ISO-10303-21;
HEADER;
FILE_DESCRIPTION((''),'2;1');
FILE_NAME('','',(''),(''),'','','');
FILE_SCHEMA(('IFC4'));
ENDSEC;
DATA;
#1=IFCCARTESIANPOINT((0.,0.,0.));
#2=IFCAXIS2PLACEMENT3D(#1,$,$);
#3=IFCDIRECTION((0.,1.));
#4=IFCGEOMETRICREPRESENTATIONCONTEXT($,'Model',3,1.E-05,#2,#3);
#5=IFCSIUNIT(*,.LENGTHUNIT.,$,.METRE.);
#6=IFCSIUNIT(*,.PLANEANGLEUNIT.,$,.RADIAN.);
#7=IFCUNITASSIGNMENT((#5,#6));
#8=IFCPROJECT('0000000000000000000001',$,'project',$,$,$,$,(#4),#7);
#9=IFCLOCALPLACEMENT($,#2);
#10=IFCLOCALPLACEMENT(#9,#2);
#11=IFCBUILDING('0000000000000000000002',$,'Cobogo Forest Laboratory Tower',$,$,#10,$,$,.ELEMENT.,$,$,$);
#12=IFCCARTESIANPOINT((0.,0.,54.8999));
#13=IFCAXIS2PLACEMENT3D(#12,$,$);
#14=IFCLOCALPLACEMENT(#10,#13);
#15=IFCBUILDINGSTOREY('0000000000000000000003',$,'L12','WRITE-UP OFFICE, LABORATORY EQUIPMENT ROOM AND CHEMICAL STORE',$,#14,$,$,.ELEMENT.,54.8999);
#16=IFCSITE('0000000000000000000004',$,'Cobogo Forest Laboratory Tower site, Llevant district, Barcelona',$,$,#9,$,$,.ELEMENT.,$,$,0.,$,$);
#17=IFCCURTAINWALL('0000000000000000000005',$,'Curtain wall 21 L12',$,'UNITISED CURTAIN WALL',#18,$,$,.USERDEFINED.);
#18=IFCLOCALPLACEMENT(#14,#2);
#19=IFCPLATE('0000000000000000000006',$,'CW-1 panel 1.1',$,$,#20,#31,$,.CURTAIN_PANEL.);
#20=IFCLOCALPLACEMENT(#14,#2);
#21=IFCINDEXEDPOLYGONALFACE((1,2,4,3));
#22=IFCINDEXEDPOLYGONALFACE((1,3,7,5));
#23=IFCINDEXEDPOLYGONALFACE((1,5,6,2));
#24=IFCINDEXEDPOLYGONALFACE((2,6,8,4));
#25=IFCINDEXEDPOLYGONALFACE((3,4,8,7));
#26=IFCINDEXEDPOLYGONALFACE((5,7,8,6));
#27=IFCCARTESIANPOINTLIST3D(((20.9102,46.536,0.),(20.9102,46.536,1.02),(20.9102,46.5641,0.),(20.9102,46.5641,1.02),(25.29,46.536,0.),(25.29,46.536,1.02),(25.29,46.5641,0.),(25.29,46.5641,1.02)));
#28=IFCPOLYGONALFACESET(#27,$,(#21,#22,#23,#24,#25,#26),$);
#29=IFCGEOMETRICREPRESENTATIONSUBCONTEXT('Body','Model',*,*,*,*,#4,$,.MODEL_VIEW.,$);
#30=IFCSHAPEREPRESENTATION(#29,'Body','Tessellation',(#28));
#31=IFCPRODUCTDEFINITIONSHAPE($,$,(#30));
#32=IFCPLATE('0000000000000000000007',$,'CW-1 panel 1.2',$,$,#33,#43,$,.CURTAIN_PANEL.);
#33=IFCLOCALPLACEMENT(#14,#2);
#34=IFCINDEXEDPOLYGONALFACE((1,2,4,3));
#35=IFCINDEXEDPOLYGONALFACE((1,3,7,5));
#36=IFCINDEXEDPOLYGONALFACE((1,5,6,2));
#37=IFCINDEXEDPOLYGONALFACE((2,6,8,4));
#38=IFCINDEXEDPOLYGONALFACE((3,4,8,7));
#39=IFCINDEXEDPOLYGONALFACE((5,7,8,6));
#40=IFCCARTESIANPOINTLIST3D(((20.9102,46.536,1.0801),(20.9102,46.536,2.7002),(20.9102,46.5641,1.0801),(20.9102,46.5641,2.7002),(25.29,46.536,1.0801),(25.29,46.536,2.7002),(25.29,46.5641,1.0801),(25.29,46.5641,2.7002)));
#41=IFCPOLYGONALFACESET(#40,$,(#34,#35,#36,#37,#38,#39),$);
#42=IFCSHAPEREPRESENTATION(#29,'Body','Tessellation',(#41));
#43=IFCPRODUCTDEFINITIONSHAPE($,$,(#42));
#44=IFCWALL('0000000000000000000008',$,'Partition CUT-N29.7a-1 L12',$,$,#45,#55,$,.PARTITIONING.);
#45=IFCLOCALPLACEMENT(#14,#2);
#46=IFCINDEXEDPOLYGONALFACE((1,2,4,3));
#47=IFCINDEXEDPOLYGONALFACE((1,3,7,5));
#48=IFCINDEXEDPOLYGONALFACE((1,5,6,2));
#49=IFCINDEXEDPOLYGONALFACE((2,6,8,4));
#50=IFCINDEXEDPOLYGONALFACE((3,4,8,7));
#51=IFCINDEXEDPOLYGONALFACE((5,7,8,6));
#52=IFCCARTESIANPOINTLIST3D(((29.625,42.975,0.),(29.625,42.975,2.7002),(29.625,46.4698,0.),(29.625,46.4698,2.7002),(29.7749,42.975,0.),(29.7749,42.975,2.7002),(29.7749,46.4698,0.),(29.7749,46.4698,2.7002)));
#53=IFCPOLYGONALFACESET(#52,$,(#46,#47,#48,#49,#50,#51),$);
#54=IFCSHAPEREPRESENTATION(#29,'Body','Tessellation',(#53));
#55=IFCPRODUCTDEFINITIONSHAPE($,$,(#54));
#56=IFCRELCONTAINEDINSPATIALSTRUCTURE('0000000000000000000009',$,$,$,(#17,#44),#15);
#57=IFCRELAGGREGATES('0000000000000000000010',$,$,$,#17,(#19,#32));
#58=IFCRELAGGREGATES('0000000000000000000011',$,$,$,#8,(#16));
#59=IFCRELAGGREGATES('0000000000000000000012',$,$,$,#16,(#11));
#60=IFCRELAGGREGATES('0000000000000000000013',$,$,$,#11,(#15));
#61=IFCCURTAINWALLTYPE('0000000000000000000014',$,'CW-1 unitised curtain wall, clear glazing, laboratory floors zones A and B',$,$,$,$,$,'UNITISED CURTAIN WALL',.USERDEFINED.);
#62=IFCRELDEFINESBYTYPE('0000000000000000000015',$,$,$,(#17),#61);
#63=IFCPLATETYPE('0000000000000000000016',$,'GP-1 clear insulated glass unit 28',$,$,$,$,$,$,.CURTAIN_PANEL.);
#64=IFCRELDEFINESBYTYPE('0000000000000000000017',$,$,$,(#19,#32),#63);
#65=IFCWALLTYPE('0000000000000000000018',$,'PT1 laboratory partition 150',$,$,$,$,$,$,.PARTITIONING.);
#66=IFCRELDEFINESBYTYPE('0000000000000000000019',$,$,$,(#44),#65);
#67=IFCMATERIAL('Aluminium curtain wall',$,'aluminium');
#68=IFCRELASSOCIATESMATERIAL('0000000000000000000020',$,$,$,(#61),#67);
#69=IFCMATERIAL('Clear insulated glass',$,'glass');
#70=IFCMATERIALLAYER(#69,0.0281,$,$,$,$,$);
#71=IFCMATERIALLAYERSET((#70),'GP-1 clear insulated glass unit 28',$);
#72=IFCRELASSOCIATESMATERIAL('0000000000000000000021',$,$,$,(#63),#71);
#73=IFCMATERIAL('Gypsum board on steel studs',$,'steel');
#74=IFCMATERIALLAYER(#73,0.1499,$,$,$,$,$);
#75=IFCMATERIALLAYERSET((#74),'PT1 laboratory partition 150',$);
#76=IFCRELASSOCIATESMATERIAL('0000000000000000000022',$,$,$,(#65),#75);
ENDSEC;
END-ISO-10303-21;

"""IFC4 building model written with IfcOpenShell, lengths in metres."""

from ifc_helpers import new_model, si_unit, direction, frame, frame_2d, origin, origin_2d, place, context, subcontext, project, spatial, rectangle, extrude, material, layer, layer_set, type_object, element, aggregate, save


model = new_model("IFC4")

# Units and contexts
model_context = context("Model", 3, precision=1e-05, world=origin(), true_north=direction((0.0, 1.0)))
body_context = subcontext(model_context, "Body", "Model", "MODEL_VIEW")
ifc_project = project(units=[si_unit("LENGTHUNIT", "METRE"), si_unit("PLANEANGLEUNIT", "RADIAN")], contexts=[model_context])

# Site, building, storey
site_placement = place(None, origin())
site = spatial("IfcSite", under=ifc_project, at=site_placement, Name="Cobogo Forest Laboratory Tower site, Llevant district, Barcelona", CompositionType="ELEMENT", RefElevation=0.0)
building_placement = place(site_placement, origin())
building = spatial("IfcBuilding", under=site, at=building_placement, Name="Cobogo Forest Laboratory Tower", CompositionType="ELEMENT")
storey_placement = place(building_placement, frame((0.0, 0.0, 54.8999)))
storey = spatial("IfcBuildingStorey", under=building, at=storey_placement, Name="L12", Description="WRITE-UP OFFICE, LABORATORY EQUIPMENT ROOM AND CHEMICAL STORE", CompositionType="ELEMENT", Elevation=54.8999)

# Curtain wall
ifc_material_1 = material(Name="Aluminium curtain wall", Category="aluminium")
curtain_wall_type = type_object("IfcCurtainWallType", Name="CW-1 unitised curtain wall, clear glazing, laboratory floors zones A and B", ElementType="UNITISED CURTAIN WALL", PredefinedType="USERDEFINED", material=ifc_material_1)
curtain_wall_1_placement = place(storey_placement, origin())
curtain_wall_1 = element("IfcCurtainWall", 1, at=curtain_wall_1_placement, inside=storey, type_object=curtain_wall_type, Name="Curtain wall 21 L12", ObjectType="UNITISED CURTAIN WALL", PredefinedType="USERDEFINED")

# Plates
ifc_material_2 = material(Name="Clear insulated glass", Category="glass")
ifc_layer_1 = layer(ifc_material_2, 0.0281)
ifc_layer_set_1 = layer_set([ifc_layer_1], Name="GP-1 clear insulated glass unit 28")
plate_type_1 = type_object("IfcPlateType", Name="GP-1 clear insulated glass unit 28", PredefinedType="CURTAIN_PANEL", material=ifc_layer_set_1)
plate_1_placement = place(storey_placement, frame((23.1001, 46.55, 0.0), z_axis=(0.0, 0.0, 1.0), x_axis=(-1.0, 0.0, 0.0)))
plate_1 = element("IfcPlate", 2, at=plate_1_placement, type_object=plate_type_1, Name="CW-1 panel 1.1", PredefinedType="CURTAIN_PANEL", context=body_context, shape_type="SweptSolid", body=[
    extrude(rectangle(XDim=4.3799, YDim=0.0281, at=origin_2d()), origin(), (0.0, 0.0, 1.0), 1.02),
])
plate_2_placement = place(storey_placement, frame((23.1001, 46.55, 1.0801), z_axis=(0.0, 0.0, 1.0), x_axis=(-1.0, 0.0, 0.0)))
plate_2 = element("IfcPlate", 3, at=plate_2_placement, type_object=plate_type_1, Name="CW-1 panel 1.2", PredefinedType="CURTAIN_PANEL", context=body_context, shape_type="SweptSolid", body=[
    extrude(rectangle(XDim=4.3799, YDim=0.0281, at=origin_2d()), origin(), (0.0, 0.0, 1.0), 1.6201),
])
aggregate(curtain_wall_1, [plate_1, plate_2])

# Wall
ifc_material_3 = material(Name="Gypsum board on steel studs", Category="steel")
ifc_layer_2 = layer(ifc_material_3, 0.1499)
ifc_layer_set_2 = layer_set([ifc_layer_2], Name="PT1 laboratory partition 150")
wall_type = type_object("IfcWallType", Name="PT1 laboratory partition 150", PredefinedType="PARTITIONING", material=ifc_layer_set_2)
wall_placement = place(storey_placement, frame((29.7, 46.47, 0.0), z_axis=(0.0, 0.0, 1.0), x_axis=(0.0, -1.0, 0.0)))
element("IfcWall", 4, at=wall_placement, inside=storey, type_object=wall_type, Name="Partition CUT-N29.7a-1 L12", PredefinedType="PARTITIONING", context=body_context, shape_type="SweptSolid", body=[
    extrude(rectangle(XDim=3.4949, YDim=0.1499, at=frame_2d((1.7476, 0.0))), origin(), (0.0, 0.0, 1.0), 2.7002),
])

save(model, "model.ifc")
